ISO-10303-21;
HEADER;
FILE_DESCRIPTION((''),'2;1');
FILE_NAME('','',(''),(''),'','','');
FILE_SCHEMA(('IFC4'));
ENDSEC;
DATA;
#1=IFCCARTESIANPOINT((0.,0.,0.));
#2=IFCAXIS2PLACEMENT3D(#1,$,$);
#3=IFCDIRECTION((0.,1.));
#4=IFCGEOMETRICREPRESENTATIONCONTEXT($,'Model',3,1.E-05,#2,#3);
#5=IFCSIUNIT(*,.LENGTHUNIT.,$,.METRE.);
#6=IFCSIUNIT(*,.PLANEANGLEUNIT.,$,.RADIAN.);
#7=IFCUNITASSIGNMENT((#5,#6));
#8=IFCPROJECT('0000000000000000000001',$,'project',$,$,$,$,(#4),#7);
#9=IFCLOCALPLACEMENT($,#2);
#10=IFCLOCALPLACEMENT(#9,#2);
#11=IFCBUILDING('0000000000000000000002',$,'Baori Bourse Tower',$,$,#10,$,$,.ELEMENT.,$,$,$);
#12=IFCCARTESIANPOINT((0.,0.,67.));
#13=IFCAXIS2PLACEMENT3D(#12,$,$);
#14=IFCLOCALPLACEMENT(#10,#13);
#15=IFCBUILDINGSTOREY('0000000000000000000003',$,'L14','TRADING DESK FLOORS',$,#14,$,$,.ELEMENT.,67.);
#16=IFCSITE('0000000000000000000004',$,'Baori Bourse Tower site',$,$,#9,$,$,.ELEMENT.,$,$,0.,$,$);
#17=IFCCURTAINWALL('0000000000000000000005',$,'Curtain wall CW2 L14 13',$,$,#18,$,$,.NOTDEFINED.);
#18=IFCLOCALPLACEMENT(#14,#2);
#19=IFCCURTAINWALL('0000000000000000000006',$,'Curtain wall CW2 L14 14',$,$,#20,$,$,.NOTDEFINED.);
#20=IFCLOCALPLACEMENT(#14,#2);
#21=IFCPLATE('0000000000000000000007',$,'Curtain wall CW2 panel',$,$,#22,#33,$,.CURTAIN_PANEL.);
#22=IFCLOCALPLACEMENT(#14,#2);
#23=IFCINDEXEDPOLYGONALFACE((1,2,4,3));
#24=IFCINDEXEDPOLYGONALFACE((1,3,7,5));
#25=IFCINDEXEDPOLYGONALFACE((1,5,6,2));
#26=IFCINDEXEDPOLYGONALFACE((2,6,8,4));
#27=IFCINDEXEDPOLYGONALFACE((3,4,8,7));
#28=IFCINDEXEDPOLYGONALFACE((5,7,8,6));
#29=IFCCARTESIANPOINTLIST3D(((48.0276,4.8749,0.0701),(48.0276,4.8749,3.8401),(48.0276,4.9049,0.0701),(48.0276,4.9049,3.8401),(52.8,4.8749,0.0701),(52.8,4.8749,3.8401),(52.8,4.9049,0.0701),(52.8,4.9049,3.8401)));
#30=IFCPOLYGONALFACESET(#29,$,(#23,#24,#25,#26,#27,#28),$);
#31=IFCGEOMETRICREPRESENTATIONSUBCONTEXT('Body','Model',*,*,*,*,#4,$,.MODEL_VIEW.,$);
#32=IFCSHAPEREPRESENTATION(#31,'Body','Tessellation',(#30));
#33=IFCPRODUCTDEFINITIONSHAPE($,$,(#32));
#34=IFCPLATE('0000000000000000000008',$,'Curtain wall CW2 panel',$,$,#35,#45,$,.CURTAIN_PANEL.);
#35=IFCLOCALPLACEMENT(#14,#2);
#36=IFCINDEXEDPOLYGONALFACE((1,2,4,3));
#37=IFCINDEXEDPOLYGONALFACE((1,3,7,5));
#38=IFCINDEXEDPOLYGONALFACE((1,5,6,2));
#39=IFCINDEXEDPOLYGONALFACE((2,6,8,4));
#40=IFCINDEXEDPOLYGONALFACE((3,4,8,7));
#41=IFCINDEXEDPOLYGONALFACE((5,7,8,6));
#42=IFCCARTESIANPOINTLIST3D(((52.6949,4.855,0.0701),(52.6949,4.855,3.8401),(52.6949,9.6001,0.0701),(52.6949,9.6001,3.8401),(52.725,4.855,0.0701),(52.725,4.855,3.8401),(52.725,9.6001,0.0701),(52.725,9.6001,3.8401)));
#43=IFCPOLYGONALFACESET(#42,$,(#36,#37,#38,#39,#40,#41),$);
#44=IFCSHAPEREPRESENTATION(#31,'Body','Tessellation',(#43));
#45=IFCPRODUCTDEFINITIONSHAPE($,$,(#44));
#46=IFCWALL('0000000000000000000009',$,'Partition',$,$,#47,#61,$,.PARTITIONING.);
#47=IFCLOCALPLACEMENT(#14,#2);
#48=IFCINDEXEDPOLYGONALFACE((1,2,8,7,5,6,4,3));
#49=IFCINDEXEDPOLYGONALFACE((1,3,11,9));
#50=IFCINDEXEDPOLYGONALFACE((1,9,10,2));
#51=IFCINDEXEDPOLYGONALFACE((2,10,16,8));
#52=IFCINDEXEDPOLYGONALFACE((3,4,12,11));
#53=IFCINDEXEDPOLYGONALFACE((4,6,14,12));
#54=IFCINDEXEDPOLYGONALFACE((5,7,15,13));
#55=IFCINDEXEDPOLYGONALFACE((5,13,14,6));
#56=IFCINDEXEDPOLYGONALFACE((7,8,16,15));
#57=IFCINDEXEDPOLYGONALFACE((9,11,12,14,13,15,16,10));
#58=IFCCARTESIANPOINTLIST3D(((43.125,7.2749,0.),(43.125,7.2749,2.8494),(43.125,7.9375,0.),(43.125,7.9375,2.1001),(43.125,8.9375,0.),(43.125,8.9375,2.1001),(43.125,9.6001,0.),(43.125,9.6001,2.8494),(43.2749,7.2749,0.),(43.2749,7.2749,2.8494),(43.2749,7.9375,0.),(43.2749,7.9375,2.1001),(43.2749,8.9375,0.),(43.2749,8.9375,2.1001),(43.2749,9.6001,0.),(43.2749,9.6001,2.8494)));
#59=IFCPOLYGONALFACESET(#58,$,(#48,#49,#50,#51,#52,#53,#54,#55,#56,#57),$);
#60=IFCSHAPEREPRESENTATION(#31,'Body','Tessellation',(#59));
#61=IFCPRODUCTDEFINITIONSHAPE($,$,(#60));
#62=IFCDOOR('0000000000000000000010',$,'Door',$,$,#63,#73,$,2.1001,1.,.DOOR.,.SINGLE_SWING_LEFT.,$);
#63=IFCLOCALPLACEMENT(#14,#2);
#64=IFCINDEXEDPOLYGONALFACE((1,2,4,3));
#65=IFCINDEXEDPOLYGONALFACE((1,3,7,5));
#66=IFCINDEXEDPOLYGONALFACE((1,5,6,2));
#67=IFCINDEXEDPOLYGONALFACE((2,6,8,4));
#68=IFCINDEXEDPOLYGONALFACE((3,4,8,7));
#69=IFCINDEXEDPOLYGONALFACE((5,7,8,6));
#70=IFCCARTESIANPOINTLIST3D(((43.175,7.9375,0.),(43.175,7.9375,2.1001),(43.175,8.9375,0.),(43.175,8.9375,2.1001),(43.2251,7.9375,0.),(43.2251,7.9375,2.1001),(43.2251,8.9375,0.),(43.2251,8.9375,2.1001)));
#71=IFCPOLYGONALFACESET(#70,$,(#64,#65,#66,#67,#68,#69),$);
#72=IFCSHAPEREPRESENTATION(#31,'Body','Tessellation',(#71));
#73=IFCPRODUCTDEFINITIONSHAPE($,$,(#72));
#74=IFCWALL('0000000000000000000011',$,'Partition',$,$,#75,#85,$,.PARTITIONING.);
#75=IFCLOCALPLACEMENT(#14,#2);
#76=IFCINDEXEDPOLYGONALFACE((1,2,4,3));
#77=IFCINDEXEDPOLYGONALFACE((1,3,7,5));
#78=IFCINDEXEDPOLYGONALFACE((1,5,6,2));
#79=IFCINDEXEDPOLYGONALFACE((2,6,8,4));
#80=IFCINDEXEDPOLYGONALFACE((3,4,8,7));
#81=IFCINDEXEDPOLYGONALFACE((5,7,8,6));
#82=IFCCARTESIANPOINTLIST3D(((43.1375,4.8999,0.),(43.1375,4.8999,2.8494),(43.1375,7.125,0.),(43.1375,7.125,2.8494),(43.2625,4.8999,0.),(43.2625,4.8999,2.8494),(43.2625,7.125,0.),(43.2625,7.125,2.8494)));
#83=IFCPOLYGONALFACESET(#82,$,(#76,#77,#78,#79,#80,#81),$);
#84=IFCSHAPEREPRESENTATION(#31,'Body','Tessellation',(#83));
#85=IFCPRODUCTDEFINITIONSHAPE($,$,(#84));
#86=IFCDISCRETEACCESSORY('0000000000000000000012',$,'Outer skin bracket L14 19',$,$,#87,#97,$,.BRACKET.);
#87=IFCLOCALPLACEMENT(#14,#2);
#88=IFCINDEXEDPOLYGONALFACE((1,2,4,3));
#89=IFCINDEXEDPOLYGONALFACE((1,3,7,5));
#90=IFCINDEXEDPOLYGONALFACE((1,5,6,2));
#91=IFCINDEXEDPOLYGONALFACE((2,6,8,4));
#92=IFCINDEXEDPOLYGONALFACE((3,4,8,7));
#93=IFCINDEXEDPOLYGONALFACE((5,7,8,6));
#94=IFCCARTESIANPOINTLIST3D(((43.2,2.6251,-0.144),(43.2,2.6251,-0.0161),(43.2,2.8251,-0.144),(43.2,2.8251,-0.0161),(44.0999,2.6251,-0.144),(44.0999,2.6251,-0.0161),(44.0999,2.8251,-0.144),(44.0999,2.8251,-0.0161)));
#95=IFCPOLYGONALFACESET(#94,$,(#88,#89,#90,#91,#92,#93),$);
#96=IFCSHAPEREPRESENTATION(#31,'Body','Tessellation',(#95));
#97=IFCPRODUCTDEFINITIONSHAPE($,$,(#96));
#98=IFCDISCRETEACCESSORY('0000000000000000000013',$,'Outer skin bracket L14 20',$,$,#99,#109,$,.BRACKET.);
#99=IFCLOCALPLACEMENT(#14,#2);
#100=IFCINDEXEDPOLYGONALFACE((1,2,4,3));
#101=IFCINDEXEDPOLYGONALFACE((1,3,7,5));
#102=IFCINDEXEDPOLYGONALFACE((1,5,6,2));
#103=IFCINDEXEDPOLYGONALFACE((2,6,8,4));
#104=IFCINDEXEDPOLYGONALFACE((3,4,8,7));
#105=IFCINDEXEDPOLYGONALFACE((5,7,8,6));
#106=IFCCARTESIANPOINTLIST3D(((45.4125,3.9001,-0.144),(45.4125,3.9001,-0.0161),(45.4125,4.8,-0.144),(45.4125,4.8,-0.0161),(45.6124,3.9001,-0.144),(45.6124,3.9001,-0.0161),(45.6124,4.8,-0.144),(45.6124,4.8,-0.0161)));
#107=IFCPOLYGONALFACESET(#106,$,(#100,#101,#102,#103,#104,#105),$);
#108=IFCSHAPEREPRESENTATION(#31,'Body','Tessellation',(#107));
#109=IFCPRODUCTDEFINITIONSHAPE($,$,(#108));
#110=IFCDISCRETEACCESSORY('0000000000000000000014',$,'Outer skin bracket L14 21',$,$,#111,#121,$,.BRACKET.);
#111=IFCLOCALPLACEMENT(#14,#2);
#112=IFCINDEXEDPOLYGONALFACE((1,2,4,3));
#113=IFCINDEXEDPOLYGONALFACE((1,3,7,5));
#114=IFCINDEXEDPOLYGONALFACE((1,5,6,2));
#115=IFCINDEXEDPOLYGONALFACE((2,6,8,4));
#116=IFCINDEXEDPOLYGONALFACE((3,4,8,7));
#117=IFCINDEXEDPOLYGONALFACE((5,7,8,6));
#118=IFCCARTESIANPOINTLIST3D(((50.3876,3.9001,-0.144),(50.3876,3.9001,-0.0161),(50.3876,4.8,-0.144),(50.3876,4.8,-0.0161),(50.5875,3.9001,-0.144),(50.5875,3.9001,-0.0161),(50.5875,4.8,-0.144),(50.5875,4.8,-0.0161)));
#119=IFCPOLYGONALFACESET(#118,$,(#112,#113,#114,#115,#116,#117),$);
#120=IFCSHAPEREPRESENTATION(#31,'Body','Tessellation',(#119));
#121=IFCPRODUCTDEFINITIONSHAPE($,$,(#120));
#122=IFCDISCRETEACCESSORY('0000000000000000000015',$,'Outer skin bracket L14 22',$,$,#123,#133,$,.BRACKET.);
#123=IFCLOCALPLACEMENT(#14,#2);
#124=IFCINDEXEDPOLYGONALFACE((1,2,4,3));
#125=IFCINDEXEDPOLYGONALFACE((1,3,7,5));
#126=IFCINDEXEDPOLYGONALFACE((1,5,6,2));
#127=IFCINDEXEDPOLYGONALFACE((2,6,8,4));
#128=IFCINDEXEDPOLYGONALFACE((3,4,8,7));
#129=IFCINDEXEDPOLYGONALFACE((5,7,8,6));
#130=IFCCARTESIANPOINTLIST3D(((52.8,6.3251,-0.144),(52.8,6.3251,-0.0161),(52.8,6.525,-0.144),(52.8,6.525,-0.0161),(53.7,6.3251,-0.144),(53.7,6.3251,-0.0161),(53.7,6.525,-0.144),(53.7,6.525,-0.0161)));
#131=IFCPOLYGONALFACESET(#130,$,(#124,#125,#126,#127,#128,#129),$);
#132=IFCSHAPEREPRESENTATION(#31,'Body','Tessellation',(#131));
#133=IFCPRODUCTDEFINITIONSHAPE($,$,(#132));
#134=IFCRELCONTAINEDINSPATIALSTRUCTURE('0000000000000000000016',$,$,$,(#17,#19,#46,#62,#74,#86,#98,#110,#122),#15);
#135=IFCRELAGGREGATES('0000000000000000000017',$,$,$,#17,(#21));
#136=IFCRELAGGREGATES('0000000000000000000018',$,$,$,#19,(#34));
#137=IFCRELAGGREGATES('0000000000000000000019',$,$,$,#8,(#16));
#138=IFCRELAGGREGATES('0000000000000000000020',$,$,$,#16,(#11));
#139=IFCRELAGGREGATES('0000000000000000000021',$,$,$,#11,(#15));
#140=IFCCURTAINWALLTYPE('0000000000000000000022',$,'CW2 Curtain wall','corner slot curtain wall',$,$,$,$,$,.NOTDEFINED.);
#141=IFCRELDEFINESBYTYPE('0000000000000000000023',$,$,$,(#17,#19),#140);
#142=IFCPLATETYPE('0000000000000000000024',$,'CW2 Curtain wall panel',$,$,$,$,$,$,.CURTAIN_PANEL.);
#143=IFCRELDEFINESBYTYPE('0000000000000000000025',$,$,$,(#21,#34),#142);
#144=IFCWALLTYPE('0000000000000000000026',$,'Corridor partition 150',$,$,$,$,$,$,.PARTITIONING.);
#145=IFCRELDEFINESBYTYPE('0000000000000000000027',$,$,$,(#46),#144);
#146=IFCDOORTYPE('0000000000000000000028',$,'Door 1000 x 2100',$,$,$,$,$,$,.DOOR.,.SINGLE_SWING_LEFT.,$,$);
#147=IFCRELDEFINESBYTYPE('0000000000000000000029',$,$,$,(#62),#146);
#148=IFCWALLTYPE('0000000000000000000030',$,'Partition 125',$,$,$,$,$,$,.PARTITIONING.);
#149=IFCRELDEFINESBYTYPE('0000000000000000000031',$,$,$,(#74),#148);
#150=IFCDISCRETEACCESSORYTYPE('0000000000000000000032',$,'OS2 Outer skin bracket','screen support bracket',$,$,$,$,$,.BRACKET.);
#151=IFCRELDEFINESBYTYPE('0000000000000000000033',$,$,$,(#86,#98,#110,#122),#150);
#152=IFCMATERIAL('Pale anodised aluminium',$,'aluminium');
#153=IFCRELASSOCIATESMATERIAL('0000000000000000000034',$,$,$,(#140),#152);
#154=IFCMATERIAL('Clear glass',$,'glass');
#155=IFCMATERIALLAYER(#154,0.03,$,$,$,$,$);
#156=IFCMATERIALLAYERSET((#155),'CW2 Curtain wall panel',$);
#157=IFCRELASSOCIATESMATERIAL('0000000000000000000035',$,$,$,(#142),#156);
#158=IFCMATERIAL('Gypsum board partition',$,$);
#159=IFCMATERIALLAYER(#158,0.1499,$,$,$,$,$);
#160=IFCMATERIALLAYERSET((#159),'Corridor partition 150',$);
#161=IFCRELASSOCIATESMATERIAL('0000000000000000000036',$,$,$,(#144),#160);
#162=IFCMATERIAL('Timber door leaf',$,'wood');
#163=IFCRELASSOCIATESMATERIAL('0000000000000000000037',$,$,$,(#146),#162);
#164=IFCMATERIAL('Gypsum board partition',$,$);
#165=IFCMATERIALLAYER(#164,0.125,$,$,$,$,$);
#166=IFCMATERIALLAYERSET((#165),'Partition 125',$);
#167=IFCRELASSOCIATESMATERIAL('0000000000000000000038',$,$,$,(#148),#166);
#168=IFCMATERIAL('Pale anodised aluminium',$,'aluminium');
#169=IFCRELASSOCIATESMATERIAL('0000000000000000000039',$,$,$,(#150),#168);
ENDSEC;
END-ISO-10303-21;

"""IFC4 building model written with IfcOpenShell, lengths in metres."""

from ifc_helpers import new_model, si_unit, direction, frame, frame_2d, origin, origin_2d, place, context, subcontext, project, spatial, rectangle, extrude, material, layer, layer_set, type_object, element, fill, aggregate, save


model = new_model("IFC4")

# Units and contexts
model_context = context("Model", 3, precision=1e-05, world=origin(), true_north=direction((0.0, 1.0)))
body_context = subcontext(model_context, "Body", "Model", "MODEL_VIEW")
ifc_project = project(units=[si_unit("LENGTHUNIT", "METRE"), si_unit("PLANEANGLEUNIT", "RADIAN")], contexts=[model_context])

# Site, building, storey
site_placement = place(None, origin())
site = spatial("IfcSite", under=ifc_project, at=site_placement, Name="Baori Bourse Tower site", CompositionType="ELEMENT", RefElevation=0.0)
building_placement = place(site_placement, origin())
building = spatial("IfcBuilding", under=site, at=building_placement, Name="Baori Bourse Tower", CompositionType="ELEMENT")
storey_placement = place(building_placement, frame((0.0, 0.0, 67.0)))
storey = spatial("IfcBuildingStorey", under=building, at=storey_placement, Name="L14", Description="TRADING DESK FLOORS", CompositionType="ELEMENT", Elevation=67.0)

# Curtain wall
ifc_material_1 = material(Name="Pale anodised aluminium", Category="aluminium")
curtain_wall_type = type_object("IfcCurtainWallType", Name="CW2 Curtain wall", Description="corner slot curtain wall", PredefinedType="NOTDEFINED", material=ifc_material_1)
curtain_wall_1_placement = place(storey_placement, origin())
curtain_wall_1 = element("IfcCurtainWall", 1, at=curtain_wall_1_placement, inside=storey, type_object=curtain_wall_type, Name="Curtain wall CW2 L14 13", PredefinedType="NOTDEFINED")

# Curtain wall
curtain_wall_2_placement = place(storey_placement, origin())
curtain_wall_2 = element("IfcCurtainWall", 2, at=curtain_wall_2_placement, inside=storey, type_object=curtain_wall_type, Name="Curtain wall CW2 L14 14", PredefinedType="NOTDEFINED")

# Plates
ifc_material_2 = material(Name="Clear glass", Category="glass")
ifc_layer_1 = layer(ifc_material_2, 0.03)
ifc_layer_set_1 = layer_set([ifc_layer_1], Name="CW2 Curtain wall panel")
plate_type = type_object("IfcPlateType", Name="CW2 Curtain wall panel", PredefinedType="CURTAIN_PANEL", material=ifc_layer_set_1)
plate_1_placement = place(storey_placement, frame((50.4138, 4.8899, 0.0701), z_axis=(0.0, 0.0, 1.0), x_axis=(1.0, 0.0, 0.0)))
plate_1 = element("IfcPlate", 3, at=plate_1_placement, type_object=plate_type, Name="Curtain wall CW2 panel", PredefinedType="CURTAIN_PANEL", context=body_context, shape_type="SweptSolid", body=[
    extrude(rectangle(XDim=4.7725, YDim=0.03, at=origin_2d()), origin(), (0.0, 0.0, 1.0), 3.77),
])
aggregate(curtain_wall_1, [plate_1])
plate_2_placement = place(storey_placement, frame((52.71, 7.2275, 0.0701), z_axis=(0.0, 0.0, 1.0), x_axis=(0.0, 1.0, 0.0)))
plate_2 = element("IfcPlate", 4, at=plate_2_placement, type_object=plate_type, Name="Curtain wall CW2 panel", PredefinedType="CURTAIN_PANEL", context=body_context, shape_type="SweptSolid", body=[
    extrude(rectangle(XDim=4.7451, YDim=0.03, at=origin_2d()), origin(), (0.0, 0.0, 1.0), 3.77),
])
aggregate(curtain_wall_2, [plate_2])

# Wall, opening, door
ifc_material_3 = material(Name="Gypsum board partition")
ifc_layer_2 = layer(ifc_material_3, 0.1499)
ifc_layer_set_2 = layer_set([ifc_layer_2], Name="Corridor partition 150")
wall_type_1 = type_object("IfcWallType", Name="Corridor partition 150", PredefinedType="PARTITIONING", material=ifc_layer_set_2)
wall_1_placement = place(storey_placement, frame((43.2, 7.2749, 0.0), z_axis=(0.0, 0.0, 1.0), x_axis=(0.0, 1.0, 0.0)))
wall_1 = element("IfcWall", 5, at=wall_1_placement, inside=storey, type_object=wall_type_1, Name="Partition", PredefinedType="PARTITIONING", context=body_context, shape_type="SweptSolid", body=[
    extrude(rectangle(XDim=2.3252, YDim=0.1499, at=frame_2d((1.1626, 0.0))), origin(), (0.0, 0.0, 1.0), 2.8494),
])
opening_placement = place(wall_1_placement, frame((0.6626, 0.0, 0.0)))
opening = element("IfcOpeningElement", 6, at=opening_placement, cuts=wall_1, PredefinedType="OPENING", context=body_context, shape_type="SweptSolid", body=[
    extrude(rectangle(XDim=1.0, YDim=2.1001, at=frame_2d((0.5, 1.05))), frame((0.0, 0.085, 0.0), z_axis=(0.0, -1.0, 0.0), x_axis=(1.0, 0.0, 0.0)), (0.0, 0.0, 1.0), 0.1699),
])
ifc_material_4 = material(Name="Timber door leaf", Category="wood")
door_type = type_object("IfcDoorType", Name="Door 1000 x 2100", OperationType="SINGLE_SWING_LEFT", PredefinedType="DOOR", material=ifc_material_4)
door_placement = place(opening_placement, origin())
door = element("IfcDoor", 7, at=door_placement, inside=storey, type_object=door_type, Name="Door", OperationType="SINGLE_SWING_LEFT", OverallHeight=2.1001, OverallWidth=1.0, PredefinedType="DOOR", context=body_context, shape_type="SweptSolid", body=[
    extrude(rectangle(XDim=1.0, YDim=2.1001, at=frame_2d((0.5, 1.05))), frame((0.0, 0.0249, 0.0), z_axis=(0.0, -1.0, 0.0), x_axis=(1.0, 0.0, 0.0)), (0.0, 0.0, 1.0), 0.05),
])
fill(opening, door)

# Wall
ifc_material_5 = material(Name="Gypsum board partition")
ifc_layer_3 = layer(ifc_material_5, 0.125)
ifc_layer_set_3 = layer_set([ifc_layer_3], Name="Partition 125")
wall_type_2 = type_object("IfcWallType", Name="Partition 125", PredefinedType="PARTITIONING", material=ifc_layer_set_3)
wall_2_placement = place(storey_placement, frame((43.2, 4.8999, 0.0), z_axis=(0.0, 0.0, 1.0), x_axis=(0.0, 1.0, 0.0)))
element("IfcWall", 8, at=wall_2_placement, inside=storey, type_object=wall_type_2, Name="Partition", PredefinedType="PARTITIONING", context=body_context, shape_type="SweptSolid", body=[
    extrude(rectangle(XDim=2.2251, YDim=0.125, at=frame_2d((1.1125, 0.0))), origin(), (0.0, 0.0, 1.0), 2.8494),
])

# Discrete accessories
ifc_material_6 = material(Name="Pale anodised aluminium", Category="aluminium")
discrete_accessory_type = type_object("IfcDiscreteAccessoryType", Name="OS2 Outer skin bracket", Description="screen support bracket", PredefinedType="BRACKET", material=ifc_material_6)
for number, where, z_axis, x_axis, name in (
    (9, (43.6499, 2.7251, -0.144), (0.0, 0.0, 1.0), (0.0, 1.0, 0.0), "Outer skin bracket L14 19"),
    (10, (45.5125, 4.3501, -0.144), (0.0, 0.0, 1.0), (1.0, 0.0, 0.0), "Outer skin bracket L14 20"),
    (11, (50.4875, 4.3501, -0.144), (0.0, 0.0, 1.0), (1.0, 0.0, 0.0), "Outer skin bracket L14 21"),
    (12, (53.25, 6.425, -0.144), (0.0, 0.0, 1.0), (0.0, 1.0, 0.0), "Outer skin bracket L14 22"),
):
    element("IfcDiscreteAccessory", number, at=place(storey_placement, frame(where, z_axis=z_axis, x_axis=x_axis)), inside=storey, type_object=discrete_accessory_type, Name=name, PredefinedType="BRACKET", context=body_context, shape_type="SweptSolid", body=[
        extrude(rectangle(XDim=0.2, YDim=0.8999, at=origin_2d()), origin(), (0.0, 0.0, 1.0), 0.1279),
    ])

save(model, "model.ifc")
